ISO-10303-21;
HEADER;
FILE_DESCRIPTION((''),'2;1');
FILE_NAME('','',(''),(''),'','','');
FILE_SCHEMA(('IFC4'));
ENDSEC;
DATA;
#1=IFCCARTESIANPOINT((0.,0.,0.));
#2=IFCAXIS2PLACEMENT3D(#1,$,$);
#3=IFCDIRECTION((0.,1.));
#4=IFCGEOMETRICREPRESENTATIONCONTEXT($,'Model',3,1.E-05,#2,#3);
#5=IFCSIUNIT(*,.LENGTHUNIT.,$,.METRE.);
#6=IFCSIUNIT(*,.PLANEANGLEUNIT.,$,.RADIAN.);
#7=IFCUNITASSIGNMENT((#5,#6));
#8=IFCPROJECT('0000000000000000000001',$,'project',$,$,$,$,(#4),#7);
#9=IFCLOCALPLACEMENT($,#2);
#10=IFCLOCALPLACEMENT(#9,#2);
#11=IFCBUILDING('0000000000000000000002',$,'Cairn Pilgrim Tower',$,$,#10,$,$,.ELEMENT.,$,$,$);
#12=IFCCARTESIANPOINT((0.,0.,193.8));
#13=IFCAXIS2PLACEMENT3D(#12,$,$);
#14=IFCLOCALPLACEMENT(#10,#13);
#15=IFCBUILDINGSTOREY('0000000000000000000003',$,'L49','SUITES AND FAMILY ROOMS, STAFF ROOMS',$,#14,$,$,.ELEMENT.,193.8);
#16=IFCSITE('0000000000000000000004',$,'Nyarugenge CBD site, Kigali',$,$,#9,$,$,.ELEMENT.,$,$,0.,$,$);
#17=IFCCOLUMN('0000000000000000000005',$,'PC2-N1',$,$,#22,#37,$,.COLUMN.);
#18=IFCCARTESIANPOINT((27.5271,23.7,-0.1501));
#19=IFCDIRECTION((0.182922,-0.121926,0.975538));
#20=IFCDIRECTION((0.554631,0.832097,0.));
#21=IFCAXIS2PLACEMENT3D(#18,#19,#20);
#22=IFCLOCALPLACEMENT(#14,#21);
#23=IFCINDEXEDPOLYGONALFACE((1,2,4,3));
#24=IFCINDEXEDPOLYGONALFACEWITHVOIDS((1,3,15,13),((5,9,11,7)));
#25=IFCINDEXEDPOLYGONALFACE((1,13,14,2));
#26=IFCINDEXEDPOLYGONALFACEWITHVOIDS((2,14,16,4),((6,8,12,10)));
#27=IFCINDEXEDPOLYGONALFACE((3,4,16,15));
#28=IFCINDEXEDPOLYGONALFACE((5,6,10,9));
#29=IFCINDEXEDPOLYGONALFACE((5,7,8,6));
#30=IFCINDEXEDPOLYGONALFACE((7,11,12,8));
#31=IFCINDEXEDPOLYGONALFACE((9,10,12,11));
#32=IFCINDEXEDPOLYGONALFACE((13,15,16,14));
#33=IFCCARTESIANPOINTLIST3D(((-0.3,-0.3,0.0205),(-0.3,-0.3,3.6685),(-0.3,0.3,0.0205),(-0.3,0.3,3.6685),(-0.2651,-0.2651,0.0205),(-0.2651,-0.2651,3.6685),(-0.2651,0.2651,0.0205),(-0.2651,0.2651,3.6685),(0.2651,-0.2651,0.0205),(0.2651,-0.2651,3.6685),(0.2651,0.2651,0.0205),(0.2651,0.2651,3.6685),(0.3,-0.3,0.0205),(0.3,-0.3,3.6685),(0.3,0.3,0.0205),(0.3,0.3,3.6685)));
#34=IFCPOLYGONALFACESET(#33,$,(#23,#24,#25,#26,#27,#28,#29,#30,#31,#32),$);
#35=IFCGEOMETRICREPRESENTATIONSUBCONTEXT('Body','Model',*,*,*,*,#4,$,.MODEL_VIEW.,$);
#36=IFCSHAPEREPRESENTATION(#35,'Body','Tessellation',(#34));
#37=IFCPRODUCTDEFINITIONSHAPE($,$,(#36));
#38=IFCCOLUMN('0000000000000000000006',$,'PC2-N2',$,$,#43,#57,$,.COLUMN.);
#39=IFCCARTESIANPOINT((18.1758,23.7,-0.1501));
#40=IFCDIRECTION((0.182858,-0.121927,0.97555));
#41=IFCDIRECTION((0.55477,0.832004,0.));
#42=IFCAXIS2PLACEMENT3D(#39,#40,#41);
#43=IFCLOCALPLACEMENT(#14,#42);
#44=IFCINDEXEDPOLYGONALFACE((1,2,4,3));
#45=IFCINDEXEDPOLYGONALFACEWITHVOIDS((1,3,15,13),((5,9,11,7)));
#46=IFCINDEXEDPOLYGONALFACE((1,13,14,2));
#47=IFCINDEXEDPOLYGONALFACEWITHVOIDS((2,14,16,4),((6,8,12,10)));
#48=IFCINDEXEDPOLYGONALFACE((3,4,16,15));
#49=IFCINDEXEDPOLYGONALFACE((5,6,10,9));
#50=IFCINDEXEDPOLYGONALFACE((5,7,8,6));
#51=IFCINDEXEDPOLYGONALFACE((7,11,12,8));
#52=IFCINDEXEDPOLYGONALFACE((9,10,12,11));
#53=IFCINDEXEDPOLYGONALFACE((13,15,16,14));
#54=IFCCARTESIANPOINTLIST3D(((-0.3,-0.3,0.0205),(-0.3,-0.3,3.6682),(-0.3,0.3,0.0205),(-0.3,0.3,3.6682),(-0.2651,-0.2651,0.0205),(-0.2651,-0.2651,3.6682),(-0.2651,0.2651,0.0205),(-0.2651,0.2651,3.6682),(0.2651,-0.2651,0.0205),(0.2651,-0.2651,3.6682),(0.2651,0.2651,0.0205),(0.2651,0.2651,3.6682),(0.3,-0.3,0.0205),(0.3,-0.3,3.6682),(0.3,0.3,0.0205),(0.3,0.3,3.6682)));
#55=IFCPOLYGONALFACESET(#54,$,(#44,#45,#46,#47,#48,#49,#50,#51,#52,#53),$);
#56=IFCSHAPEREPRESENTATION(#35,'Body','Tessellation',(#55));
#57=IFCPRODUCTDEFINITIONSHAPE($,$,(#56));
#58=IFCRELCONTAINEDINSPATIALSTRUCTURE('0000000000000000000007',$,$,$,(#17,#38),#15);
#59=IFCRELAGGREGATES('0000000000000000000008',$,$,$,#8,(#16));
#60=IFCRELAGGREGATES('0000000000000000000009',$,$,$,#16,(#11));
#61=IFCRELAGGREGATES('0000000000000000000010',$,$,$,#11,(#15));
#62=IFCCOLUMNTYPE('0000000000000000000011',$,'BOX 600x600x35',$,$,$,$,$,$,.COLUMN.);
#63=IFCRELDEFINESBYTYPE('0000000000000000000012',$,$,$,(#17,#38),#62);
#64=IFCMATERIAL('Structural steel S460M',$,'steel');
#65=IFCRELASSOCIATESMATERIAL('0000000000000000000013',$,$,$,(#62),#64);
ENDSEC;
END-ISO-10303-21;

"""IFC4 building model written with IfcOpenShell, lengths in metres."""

from ifc_helpers import new_model, si_unit, direction, frame, origin, origin_2d, place, context, subcontext, project, spatial, hollow_rectangle, extrude, clip, halfspace, material, material_profile, profile_set, type_object, element, save


model = new_model("IFC4")

# Units and contexts
model_context = context("Model", 3, precision=1e-05, world=origin(), true_north=direction((0.0, 1.0)))
body_context = subcontext(model_context, "Body", "Model", "MODEL_VIEW")
ifc_project = project(units=[si_unit("LENGTHUNIT", "METRE"), si_unit("PLANEANGLEUNIT", "RADIAN")], contexts=[model_context])

# Site, building, storey
site_placement = place(None, origin())
site = spatial("IfcSite", under=ifc_project, at=site_placement, Name="Nyarugenge CBD site, Kigali", CompositionType="ELEMENT", RefElevation=0.0)
building_placement = place(site_placement, origin())
building = spatial("IfcBuilding", under=site, at=building_placement, Name="Cairn Pilgrim Tower", CompositionType="ELEMENT")
storey_placement = place(building_placement, frame((0.0, 0.0, 193.8)))
storey = spatial("IfcBuildingStorey", under=building, at=storey_placement, Name="L49", Description="SUITES AND FAMILY ROOMS, STAFF ROOMS", CompositionType="ELEMENT", Elevation=193.8)

# Columns
ifc_material_1 = material(Name="Structural steel S460M", Category="steel")
ifc_material_profile_1 = material_profile(ifc_material_1, hollow_rectangle(XDim=0.6001, YDim=0.6001, WallThickness=0.0349, at=origin_2d()), Name="BOX 600x600x35")
ifc_profile_set_1 = profile_set([ifc_material_profile_1], Name="Structural steel S460M")
column_type_1 = type_object("IfcColumnType", Name="BOX 600x600x35", PredefinedType="COLUMN", material=ifc_profile_set_1)
column_1_placement = place(storey_placement, frame((27.5271, 23.7, -0.1501), z_axis=(0.182922, -0.121926, 0.975538), x_axis=(0.554631, 0.832097, 0.0)))
element("IfcColumn", 1, at=column_1_placement, inside=storey, type_object=column_type_1, Name="PC2-N1", PredefinedType="COLUMN", context=body_context, shape_type="Clipping", body=[
    clip(clip(extrude(hollow_rectangle(XDim=0.6001, YDim=0.6001, WallThickness=0.0349, at=origin_2d()), origin(), (0.0, 0.0, 1.0), 3.6904), halfspace(frame((0.0, 0.0, 0.0205), z_axis=(0.0, 0.0, 1.0), x_axis=(1.0, 0.0, 0.0)), True)), halfspace(frame((0.0, 0.0, 3.6685), z_axis=(0.0, 0.0, 1.0), x_axis=(1.0, 0.0, 0.0)), False)),
])
column_2_placement = place(storey_placement, frame((18.1758, 23.7, -0.1501), z_axis=(0.182858, -0.121927, 0.97555), x_axis=(0.55477, 0.832004, 0.0)))
element("IfcColumn", 2, at=column_2_placement, inside=storey, type_object=column_type_1, Name="PC2-N2", PredefinedType="COLUMN", context=body_context, shape_type="Clipping", body=[
    clip(clip(extrude(hollow_rectangle(XDim=0.6001, YDim=0.6001, WallThickness=0.0349, at=origin_2d()), origin(), (0.0, 0.0, 1.0), 3.6904), halfspace(frame((0.0, 0.0, 0.0205), z_axis=(0.0, 0.0, 1.0), x_axis=(1.0, 0.0, 0.0)), True)), halfspace(frame((0.0, 0.0, 3.6682), z_axis=(0.0, 0.0, 1.0), x_axis=(1.0, 0.0, 0.0)), False)),
])

save(model, "model.ifc")
